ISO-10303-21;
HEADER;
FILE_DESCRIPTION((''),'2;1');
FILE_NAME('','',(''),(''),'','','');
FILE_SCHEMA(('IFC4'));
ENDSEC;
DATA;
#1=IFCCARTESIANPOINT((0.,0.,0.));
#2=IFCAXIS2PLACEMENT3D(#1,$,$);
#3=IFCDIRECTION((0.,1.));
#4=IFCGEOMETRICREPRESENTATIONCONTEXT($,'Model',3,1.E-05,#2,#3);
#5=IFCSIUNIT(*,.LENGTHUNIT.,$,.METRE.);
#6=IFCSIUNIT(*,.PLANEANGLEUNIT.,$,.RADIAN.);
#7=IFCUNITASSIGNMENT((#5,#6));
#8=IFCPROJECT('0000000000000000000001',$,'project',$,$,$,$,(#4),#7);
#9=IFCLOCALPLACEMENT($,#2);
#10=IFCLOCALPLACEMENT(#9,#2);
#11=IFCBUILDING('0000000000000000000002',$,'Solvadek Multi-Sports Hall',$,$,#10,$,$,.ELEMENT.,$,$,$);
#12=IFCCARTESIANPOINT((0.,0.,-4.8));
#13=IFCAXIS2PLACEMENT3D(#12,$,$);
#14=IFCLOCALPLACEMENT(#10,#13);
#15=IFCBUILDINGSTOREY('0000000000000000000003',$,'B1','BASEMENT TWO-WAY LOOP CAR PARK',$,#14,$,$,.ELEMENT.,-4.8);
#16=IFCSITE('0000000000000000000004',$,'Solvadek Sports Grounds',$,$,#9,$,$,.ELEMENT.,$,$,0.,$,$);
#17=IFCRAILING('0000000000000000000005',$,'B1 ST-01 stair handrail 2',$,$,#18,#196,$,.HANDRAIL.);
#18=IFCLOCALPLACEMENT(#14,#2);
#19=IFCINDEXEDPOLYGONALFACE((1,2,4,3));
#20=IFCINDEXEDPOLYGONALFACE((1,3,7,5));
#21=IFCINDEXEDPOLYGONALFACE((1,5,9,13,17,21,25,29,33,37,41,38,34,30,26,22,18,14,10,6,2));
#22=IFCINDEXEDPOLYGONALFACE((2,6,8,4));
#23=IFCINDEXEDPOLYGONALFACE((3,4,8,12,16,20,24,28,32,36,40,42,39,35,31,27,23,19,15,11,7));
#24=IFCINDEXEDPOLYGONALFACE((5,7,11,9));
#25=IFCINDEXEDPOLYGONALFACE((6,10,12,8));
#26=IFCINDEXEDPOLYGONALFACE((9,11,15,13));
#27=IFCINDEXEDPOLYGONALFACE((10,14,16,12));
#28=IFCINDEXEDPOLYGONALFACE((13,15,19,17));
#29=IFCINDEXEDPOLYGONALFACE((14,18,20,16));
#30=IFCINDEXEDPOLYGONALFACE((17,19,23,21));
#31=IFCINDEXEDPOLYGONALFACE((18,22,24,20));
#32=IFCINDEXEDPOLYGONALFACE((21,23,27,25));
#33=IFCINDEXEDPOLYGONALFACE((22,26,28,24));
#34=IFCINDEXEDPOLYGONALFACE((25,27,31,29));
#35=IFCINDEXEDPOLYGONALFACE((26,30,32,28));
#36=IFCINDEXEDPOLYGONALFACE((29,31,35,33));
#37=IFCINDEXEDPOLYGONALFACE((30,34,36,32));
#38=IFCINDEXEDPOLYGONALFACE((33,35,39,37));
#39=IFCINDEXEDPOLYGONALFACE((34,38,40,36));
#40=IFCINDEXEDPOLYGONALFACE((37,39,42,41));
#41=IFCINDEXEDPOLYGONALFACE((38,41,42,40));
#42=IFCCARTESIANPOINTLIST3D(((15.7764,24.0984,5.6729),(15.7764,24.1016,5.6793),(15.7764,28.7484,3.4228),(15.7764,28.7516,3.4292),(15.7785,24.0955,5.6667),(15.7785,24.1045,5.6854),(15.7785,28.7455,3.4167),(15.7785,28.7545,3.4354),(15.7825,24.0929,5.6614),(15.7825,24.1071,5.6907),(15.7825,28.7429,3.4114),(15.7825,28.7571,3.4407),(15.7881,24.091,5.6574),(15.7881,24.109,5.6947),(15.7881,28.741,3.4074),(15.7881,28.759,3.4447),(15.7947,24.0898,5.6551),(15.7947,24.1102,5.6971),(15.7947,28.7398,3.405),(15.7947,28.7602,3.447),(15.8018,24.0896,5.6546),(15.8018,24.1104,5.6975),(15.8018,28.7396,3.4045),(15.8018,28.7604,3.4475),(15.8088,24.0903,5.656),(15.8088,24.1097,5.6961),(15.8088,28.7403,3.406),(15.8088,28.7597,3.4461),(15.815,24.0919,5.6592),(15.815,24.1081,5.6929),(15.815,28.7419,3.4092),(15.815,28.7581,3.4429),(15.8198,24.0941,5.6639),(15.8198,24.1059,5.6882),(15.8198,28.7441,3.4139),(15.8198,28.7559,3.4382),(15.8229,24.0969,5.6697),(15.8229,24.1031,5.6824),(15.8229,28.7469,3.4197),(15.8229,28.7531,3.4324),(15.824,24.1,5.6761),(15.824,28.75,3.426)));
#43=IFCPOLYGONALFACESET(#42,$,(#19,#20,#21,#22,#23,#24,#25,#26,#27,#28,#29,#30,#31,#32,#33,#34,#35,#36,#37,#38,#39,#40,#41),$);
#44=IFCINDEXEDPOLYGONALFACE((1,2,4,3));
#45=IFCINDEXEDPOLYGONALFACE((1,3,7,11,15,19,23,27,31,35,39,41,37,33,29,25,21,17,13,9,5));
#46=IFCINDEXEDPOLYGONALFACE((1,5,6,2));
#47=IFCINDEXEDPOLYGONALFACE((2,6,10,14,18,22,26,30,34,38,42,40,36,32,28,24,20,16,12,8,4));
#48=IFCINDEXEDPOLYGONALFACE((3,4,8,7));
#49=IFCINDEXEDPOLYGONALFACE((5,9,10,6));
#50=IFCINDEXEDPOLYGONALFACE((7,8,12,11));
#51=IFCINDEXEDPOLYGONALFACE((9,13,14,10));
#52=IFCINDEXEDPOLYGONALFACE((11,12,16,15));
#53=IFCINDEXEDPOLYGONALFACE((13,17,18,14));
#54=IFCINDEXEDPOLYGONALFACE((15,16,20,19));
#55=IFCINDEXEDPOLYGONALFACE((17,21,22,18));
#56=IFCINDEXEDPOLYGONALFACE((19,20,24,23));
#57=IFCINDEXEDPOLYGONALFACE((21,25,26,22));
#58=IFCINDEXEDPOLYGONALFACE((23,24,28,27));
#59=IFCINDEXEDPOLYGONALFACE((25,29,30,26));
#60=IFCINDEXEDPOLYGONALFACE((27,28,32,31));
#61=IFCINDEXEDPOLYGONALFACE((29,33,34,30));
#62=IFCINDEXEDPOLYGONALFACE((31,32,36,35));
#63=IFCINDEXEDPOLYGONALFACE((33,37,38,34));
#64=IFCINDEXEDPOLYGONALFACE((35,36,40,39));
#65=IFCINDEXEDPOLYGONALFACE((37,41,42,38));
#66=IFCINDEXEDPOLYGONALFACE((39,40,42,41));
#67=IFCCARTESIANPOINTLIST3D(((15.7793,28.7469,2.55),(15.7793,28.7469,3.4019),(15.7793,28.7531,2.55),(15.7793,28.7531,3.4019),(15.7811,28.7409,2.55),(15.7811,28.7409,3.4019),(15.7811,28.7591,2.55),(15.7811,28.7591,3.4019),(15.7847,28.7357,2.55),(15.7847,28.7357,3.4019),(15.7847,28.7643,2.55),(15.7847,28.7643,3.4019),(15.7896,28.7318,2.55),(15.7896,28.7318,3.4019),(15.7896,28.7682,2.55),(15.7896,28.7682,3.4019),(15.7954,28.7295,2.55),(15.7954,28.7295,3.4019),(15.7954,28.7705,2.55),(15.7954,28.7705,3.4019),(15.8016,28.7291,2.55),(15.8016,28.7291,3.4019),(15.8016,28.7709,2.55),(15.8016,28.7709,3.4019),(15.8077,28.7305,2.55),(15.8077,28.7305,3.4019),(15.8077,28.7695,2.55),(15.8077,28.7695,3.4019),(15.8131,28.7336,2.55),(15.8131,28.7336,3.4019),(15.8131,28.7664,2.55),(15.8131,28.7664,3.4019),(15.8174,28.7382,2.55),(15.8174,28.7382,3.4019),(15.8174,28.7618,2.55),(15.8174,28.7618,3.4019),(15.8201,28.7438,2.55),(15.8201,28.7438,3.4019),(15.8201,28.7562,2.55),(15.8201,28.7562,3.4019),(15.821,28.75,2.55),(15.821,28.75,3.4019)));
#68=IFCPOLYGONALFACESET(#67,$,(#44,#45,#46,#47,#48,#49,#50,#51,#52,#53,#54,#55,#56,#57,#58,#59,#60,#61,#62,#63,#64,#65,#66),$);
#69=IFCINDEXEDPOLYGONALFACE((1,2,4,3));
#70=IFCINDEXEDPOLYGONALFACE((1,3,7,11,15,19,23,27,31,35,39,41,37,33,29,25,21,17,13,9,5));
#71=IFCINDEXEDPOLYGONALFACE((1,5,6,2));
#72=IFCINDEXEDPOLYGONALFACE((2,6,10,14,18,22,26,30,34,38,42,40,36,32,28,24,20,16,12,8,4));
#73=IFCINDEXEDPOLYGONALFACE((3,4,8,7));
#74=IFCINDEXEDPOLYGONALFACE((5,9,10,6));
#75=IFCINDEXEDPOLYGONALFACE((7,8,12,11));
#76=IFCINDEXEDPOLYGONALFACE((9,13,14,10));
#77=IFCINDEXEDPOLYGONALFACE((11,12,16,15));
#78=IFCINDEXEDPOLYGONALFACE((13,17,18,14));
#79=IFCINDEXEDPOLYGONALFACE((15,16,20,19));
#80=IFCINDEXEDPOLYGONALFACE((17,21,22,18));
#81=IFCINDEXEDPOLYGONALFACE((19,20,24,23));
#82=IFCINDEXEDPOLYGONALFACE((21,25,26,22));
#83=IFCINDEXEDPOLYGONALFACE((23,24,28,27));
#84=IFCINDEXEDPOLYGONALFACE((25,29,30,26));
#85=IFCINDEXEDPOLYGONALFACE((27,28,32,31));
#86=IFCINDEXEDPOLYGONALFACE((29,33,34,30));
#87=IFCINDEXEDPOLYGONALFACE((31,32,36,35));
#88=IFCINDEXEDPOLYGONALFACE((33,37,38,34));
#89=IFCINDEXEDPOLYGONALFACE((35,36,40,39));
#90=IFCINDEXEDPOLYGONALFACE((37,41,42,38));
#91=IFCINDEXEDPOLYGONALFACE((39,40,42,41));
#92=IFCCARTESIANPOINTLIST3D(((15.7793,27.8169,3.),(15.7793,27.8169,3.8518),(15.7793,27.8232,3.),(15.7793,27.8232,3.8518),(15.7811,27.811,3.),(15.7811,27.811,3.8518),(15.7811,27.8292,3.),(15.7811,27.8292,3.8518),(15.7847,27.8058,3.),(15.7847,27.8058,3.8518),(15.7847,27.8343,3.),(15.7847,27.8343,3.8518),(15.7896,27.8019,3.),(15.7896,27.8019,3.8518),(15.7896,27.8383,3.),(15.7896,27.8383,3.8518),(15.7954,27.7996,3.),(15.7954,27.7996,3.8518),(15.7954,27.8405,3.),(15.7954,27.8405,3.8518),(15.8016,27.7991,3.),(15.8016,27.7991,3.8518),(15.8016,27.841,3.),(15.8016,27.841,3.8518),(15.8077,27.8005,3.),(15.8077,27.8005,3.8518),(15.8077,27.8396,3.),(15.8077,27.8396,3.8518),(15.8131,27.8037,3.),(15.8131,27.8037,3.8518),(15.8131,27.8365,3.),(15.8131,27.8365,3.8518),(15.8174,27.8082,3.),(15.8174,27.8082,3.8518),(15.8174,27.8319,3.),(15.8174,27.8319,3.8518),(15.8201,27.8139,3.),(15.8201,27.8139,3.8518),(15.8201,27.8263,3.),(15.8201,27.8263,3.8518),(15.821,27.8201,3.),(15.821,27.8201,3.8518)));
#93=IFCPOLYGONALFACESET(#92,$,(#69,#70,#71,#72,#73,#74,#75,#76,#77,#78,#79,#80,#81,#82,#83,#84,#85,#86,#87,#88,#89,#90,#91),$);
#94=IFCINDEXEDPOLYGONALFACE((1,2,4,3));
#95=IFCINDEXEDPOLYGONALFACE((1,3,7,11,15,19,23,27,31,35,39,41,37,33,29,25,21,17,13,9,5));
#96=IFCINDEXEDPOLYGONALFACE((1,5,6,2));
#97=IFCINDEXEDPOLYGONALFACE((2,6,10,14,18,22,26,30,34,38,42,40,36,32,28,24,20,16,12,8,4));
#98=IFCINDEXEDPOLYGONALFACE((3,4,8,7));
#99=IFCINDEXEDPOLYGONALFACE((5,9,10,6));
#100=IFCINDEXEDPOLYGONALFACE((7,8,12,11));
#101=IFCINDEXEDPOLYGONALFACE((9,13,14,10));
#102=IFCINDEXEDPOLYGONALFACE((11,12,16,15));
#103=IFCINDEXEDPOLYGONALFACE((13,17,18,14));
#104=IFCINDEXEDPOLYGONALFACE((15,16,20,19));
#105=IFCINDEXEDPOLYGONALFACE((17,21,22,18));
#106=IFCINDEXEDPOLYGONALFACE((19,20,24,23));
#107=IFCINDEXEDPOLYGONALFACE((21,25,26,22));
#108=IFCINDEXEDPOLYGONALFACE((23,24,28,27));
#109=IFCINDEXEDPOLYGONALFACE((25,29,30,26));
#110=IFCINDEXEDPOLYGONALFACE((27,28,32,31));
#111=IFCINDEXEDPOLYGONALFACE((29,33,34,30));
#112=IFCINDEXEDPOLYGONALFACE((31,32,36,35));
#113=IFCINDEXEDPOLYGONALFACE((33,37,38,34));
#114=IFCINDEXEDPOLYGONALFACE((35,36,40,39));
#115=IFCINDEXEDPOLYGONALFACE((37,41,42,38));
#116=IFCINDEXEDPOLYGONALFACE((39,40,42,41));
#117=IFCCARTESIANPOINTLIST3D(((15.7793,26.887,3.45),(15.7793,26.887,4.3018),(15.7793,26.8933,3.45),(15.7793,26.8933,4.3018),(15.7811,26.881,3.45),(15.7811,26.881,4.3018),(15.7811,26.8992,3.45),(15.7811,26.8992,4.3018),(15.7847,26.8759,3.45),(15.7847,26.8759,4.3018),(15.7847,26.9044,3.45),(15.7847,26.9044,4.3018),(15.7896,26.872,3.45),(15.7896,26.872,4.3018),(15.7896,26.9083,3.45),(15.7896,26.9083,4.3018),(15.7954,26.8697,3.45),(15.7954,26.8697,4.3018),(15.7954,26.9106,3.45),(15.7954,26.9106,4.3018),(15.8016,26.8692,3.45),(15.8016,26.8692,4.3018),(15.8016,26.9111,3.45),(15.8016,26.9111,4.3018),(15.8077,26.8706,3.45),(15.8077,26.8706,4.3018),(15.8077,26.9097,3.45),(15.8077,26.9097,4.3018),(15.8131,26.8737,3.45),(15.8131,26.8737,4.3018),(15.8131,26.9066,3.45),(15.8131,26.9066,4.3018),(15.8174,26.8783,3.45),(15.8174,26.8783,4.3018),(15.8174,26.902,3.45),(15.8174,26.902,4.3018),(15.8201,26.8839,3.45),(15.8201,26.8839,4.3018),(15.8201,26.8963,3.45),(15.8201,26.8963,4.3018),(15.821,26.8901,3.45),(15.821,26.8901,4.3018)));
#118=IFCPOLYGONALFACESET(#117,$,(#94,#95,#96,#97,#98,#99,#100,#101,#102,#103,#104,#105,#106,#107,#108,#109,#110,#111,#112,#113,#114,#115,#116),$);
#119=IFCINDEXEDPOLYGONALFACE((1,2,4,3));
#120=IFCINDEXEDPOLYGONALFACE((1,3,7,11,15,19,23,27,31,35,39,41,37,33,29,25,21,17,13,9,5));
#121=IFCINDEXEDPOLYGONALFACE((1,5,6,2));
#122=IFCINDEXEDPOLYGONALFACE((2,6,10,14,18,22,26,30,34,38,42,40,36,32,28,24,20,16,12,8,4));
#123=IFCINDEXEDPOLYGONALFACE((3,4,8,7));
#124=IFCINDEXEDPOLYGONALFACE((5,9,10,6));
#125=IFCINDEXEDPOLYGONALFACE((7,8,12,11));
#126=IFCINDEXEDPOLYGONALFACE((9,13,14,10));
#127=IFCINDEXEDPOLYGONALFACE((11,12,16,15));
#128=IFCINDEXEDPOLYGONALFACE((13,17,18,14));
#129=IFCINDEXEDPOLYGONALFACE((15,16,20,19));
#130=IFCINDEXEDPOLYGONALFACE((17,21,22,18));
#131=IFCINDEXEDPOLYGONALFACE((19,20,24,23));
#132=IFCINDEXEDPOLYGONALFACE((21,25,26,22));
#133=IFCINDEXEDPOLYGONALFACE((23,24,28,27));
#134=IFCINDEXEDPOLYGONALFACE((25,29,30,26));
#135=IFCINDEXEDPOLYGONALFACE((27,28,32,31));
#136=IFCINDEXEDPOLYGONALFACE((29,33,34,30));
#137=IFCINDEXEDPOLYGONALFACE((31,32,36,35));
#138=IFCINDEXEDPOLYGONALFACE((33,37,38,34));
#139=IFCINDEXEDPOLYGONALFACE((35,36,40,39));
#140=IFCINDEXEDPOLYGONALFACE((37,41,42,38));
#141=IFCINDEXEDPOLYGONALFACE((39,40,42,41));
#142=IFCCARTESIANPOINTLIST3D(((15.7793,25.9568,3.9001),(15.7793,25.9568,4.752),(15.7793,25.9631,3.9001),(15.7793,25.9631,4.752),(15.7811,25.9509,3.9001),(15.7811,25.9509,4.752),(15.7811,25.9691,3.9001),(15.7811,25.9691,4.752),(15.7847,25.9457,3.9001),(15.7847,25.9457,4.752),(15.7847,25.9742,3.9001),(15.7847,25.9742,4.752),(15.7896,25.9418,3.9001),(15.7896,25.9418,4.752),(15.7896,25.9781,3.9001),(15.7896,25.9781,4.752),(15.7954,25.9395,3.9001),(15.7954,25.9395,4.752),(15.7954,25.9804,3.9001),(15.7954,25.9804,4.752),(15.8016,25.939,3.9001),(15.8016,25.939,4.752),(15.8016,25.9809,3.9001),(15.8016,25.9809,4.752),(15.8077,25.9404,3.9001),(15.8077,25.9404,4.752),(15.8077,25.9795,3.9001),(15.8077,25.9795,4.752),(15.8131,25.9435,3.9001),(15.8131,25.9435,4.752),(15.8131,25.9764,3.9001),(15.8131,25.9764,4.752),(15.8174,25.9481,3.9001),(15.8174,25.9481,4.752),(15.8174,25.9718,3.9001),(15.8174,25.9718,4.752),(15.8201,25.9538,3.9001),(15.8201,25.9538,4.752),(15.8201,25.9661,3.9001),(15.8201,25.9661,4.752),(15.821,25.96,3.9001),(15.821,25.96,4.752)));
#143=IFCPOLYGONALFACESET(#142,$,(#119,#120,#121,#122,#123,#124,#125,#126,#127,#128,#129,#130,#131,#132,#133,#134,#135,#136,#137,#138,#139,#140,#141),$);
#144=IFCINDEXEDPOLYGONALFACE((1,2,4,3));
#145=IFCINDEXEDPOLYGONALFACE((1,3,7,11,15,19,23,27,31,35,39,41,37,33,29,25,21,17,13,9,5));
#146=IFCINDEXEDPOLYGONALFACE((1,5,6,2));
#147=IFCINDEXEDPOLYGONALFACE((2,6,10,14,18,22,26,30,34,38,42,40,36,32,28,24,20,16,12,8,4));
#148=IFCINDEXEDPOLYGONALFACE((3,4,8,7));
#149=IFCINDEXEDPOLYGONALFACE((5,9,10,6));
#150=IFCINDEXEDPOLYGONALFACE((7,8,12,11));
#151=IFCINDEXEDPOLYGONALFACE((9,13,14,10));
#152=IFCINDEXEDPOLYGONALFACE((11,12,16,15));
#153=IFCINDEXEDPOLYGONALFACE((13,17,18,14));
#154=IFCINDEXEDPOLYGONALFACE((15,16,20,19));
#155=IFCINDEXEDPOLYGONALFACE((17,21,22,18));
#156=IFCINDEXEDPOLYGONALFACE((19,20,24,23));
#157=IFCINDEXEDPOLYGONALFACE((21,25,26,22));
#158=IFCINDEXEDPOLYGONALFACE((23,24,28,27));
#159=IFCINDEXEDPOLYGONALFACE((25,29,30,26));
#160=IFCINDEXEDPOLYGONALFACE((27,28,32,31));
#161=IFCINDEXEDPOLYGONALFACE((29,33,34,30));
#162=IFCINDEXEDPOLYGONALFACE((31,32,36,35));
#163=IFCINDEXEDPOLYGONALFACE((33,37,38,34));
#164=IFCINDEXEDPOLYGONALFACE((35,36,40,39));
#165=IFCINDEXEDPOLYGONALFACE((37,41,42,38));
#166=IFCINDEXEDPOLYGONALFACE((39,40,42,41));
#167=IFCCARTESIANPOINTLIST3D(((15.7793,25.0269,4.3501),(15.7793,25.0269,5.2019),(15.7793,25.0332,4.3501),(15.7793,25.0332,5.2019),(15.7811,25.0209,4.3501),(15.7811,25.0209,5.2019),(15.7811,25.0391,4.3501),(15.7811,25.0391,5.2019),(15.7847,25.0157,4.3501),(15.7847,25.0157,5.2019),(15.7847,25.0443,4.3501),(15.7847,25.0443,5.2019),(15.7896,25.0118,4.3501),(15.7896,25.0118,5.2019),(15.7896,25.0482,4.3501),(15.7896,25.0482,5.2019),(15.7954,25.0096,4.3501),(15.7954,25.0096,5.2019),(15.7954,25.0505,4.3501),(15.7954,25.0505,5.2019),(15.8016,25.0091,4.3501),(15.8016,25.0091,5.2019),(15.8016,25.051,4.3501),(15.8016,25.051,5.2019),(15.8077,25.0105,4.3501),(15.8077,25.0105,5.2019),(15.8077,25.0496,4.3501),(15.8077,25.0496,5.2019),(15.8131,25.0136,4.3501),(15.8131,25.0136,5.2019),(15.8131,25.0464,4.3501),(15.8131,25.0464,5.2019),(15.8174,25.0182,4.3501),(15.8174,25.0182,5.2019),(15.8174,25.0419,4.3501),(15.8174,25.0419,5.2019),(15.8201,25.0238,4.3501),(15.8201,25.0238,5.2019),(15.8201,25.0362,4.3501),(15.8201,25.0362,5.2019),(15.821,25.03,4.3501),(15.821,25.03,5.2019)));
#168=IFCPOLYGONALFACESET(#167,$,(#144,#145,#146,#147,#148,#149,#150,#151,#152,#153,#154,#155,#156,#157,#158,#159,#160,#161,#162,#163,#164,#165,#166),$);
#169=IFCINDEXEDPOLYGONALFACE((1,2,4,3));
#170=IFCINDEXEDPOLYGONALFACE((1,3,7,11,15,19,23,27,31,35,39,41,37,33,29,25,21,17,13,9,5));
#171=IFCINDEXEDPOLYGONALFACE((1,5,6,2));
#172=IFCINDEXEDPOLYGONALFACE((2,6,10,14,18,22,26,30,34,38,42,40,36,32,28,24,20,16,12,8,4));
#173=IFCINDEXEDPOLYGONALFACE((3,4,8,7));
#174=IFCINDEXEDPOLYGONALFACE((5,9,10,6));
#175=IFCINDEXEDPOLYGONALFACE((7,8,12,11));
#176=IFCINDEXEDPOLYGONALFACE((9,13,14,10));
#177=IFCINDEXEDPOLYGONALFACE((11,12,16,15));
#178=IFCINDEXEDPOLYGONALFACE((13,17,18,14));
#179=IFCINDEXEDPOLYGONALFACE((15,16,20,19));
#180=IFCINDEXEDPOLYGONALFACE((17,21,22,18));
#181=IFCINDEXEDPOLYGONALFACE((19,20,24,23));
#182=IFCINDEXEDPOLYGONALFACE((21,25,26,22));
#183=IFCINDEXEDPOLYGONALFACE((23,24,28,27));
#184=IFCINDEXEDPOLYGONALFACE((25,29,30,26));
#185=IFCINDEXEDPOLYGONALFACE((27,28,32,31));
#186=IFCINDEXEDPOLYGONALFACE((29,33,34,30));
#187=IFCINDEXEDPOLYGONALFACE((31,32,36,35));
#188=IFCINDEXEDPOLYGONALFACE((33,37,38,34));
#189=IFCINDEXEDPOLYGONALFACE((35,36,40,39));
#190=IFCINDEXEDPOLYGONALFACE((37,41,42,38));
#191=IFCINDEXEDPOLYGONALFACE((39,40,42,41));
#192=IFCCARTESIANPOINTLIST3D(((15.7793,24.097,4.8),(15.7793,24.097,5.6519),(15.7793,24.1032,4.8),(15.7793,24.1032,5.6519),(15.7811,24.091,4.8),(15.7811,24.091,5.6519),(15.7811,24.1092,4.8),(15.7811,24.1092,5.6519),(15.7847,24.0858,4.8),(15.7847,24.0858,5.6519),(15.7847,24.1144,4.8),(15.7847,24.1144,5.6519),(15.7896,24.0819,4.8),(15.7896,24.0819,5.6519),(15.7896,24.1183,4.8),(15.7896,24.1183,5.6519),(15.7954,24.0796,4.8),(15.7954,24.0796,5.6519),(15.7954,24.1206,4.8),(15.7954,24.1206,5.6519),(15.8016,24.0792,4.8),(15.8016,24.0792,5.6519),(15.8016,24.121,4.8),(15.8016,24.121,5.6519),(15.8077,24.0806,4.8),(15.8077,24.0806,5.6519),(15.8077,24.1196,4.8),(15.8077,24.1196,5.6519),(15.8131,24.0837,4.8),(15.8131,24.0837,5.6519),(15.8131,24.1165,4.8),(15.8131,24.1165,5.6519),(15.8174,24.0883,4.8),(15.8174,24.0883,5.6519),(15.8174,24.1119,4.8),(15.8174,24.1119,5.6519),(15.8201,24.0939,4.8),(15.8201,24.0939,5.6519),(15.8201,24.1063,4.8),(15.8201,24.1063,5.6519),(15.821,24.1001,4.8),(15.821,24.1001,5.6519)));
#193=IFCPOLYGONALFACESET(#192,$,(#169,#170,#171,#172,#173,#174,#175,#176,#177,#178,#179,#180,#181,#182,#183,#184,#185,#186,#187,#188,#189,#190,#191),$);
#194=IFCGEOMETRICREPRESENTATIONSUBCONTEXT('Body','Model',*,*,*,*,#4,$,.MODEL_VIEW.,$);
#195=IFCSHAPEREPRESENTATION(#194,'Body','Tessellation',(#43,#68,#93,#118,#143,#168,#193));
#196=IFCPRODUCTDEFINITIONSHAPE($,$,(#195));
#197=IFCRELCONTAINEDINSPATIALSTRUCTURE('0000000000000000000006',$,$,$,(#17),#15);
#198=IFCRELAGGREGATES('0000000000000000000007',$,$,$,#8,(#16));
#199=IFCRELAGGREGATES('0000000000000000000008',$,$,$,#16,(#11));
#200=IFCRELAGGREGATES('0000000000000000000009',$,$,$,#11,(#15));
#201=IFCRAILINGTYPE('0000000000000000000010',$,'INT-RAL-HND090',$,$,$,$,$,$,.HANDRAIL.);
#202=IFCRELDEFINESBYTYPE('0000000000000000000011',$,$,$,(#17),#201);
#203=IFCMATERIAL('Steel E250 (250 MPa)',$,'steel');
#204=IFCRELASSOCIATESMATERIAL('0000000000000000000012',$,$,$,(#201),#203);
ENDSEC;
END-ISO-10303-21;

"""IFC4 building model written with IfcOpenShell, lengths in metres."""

from ifc_helpers import new_model, si_unit, direction, frame, origin, origin_2d, place, context, subcontext, project, spatial, circle, extrude, material, type_object, element, save


model = new_model("IFC4")

# Units and contexts
model_context = context("Model", 3, precision=1e-05, world=origin(), true_north=direction((0.0, 1.0)))
body_context = subcontext(model_context, "Body", "Model", "MODEL_VIEW")
ifc_project = project(units=[si_unit("LENGTHUNIT", "METRE"), si_unit("PLANEANGLEUNIT", "RADIAN")], contexts=[model_context])

# Site, building, storey
site_placement = place(None, origin())
site = spatial("IfcSite", under=ifc_project, at=site_placement, Name="Solvadek Sports Grounds", CompositionType="ELEMENT", RefElevation=0.0)
building_placement = place(site_placement, origin())
building = spatial("IfcBuilding", under=site, at=building_placement, Name="Solvadek Multi-Sports Hall", CompositionType="ELEMENT")
storey_placement = place(building_placement, frame((0.0, 0.0, -4.8)))
storey = spatial("IfcBuildingStorey", under=building, at=storey_placement, Name="B1", Description="BASEMENT TWO-WAY LOOP CAR PARK", CompositionType="ELEMENT", Elevation=-4.8)

# Railing
ifc_material_1 = material(Name="Steel E250 (250 MPa)", Category="steel")
railing_type_1 = type_object("IfcRailingType", Name="INT-RAL-HND090", PredefinedType="HANDRAIL", material=ifc_material_1)
railing_1_placement = place(storey_placement, frame((15.8, 28.75, 2.55)))
element("IfcRailing", 1, at=railing_1_placement, inside=storey, type_object=railing_type_1, Name="B1 ST-01 stair handrail 2", PredefinedType="HANDRAIL", context=body_context, shape_type="SweptSolid", body=[
    extrude(circle(Radius=0.0239, at=origin_2d()), frame((0.0, 0.0, 0.876), z_axis=(0.0, -0.900156, 0.435568), x_axis=(1.0, 0.0, 0.0)), (0.0, 0.0, 1.0), 5.1658),
    extrude(circle(Radius=0.021, at=origin_2d()), origin(), (0.0, 0.0, 1.0), 0.8518),
    extrude(circle(Radius=0.021, at=origin_2d()), frame((0.0, -0.9299, 0.45)), (0.0, 0.0, 1.0), 0.8518),
    extrude(circle(Radius=0.021, at=origin_2d()), frame((0.0, -1.8599, 0.8999)), (0.0, 0.0, 1.0), 0.8518),
    extrude(circle(Radius=0.021, at=origin_2d()), frame((0.0, -2.79, 1.3501)), (0.0, 0.0, 1.0), 0.8518),
    extrude(circle(Radius=0.021, at=origin_2d()), frame((0.0, -3.72, 1.8)), (0.0, 0.0, 1.0), 0.8518),
    extrude(circle(Radius=0.021, at=origin_2d()), frame((0.0, -4.6499, 2.25)), (0.0, 0.0, 1.0), 0.8518),
])

save(model, "model.ifc")
